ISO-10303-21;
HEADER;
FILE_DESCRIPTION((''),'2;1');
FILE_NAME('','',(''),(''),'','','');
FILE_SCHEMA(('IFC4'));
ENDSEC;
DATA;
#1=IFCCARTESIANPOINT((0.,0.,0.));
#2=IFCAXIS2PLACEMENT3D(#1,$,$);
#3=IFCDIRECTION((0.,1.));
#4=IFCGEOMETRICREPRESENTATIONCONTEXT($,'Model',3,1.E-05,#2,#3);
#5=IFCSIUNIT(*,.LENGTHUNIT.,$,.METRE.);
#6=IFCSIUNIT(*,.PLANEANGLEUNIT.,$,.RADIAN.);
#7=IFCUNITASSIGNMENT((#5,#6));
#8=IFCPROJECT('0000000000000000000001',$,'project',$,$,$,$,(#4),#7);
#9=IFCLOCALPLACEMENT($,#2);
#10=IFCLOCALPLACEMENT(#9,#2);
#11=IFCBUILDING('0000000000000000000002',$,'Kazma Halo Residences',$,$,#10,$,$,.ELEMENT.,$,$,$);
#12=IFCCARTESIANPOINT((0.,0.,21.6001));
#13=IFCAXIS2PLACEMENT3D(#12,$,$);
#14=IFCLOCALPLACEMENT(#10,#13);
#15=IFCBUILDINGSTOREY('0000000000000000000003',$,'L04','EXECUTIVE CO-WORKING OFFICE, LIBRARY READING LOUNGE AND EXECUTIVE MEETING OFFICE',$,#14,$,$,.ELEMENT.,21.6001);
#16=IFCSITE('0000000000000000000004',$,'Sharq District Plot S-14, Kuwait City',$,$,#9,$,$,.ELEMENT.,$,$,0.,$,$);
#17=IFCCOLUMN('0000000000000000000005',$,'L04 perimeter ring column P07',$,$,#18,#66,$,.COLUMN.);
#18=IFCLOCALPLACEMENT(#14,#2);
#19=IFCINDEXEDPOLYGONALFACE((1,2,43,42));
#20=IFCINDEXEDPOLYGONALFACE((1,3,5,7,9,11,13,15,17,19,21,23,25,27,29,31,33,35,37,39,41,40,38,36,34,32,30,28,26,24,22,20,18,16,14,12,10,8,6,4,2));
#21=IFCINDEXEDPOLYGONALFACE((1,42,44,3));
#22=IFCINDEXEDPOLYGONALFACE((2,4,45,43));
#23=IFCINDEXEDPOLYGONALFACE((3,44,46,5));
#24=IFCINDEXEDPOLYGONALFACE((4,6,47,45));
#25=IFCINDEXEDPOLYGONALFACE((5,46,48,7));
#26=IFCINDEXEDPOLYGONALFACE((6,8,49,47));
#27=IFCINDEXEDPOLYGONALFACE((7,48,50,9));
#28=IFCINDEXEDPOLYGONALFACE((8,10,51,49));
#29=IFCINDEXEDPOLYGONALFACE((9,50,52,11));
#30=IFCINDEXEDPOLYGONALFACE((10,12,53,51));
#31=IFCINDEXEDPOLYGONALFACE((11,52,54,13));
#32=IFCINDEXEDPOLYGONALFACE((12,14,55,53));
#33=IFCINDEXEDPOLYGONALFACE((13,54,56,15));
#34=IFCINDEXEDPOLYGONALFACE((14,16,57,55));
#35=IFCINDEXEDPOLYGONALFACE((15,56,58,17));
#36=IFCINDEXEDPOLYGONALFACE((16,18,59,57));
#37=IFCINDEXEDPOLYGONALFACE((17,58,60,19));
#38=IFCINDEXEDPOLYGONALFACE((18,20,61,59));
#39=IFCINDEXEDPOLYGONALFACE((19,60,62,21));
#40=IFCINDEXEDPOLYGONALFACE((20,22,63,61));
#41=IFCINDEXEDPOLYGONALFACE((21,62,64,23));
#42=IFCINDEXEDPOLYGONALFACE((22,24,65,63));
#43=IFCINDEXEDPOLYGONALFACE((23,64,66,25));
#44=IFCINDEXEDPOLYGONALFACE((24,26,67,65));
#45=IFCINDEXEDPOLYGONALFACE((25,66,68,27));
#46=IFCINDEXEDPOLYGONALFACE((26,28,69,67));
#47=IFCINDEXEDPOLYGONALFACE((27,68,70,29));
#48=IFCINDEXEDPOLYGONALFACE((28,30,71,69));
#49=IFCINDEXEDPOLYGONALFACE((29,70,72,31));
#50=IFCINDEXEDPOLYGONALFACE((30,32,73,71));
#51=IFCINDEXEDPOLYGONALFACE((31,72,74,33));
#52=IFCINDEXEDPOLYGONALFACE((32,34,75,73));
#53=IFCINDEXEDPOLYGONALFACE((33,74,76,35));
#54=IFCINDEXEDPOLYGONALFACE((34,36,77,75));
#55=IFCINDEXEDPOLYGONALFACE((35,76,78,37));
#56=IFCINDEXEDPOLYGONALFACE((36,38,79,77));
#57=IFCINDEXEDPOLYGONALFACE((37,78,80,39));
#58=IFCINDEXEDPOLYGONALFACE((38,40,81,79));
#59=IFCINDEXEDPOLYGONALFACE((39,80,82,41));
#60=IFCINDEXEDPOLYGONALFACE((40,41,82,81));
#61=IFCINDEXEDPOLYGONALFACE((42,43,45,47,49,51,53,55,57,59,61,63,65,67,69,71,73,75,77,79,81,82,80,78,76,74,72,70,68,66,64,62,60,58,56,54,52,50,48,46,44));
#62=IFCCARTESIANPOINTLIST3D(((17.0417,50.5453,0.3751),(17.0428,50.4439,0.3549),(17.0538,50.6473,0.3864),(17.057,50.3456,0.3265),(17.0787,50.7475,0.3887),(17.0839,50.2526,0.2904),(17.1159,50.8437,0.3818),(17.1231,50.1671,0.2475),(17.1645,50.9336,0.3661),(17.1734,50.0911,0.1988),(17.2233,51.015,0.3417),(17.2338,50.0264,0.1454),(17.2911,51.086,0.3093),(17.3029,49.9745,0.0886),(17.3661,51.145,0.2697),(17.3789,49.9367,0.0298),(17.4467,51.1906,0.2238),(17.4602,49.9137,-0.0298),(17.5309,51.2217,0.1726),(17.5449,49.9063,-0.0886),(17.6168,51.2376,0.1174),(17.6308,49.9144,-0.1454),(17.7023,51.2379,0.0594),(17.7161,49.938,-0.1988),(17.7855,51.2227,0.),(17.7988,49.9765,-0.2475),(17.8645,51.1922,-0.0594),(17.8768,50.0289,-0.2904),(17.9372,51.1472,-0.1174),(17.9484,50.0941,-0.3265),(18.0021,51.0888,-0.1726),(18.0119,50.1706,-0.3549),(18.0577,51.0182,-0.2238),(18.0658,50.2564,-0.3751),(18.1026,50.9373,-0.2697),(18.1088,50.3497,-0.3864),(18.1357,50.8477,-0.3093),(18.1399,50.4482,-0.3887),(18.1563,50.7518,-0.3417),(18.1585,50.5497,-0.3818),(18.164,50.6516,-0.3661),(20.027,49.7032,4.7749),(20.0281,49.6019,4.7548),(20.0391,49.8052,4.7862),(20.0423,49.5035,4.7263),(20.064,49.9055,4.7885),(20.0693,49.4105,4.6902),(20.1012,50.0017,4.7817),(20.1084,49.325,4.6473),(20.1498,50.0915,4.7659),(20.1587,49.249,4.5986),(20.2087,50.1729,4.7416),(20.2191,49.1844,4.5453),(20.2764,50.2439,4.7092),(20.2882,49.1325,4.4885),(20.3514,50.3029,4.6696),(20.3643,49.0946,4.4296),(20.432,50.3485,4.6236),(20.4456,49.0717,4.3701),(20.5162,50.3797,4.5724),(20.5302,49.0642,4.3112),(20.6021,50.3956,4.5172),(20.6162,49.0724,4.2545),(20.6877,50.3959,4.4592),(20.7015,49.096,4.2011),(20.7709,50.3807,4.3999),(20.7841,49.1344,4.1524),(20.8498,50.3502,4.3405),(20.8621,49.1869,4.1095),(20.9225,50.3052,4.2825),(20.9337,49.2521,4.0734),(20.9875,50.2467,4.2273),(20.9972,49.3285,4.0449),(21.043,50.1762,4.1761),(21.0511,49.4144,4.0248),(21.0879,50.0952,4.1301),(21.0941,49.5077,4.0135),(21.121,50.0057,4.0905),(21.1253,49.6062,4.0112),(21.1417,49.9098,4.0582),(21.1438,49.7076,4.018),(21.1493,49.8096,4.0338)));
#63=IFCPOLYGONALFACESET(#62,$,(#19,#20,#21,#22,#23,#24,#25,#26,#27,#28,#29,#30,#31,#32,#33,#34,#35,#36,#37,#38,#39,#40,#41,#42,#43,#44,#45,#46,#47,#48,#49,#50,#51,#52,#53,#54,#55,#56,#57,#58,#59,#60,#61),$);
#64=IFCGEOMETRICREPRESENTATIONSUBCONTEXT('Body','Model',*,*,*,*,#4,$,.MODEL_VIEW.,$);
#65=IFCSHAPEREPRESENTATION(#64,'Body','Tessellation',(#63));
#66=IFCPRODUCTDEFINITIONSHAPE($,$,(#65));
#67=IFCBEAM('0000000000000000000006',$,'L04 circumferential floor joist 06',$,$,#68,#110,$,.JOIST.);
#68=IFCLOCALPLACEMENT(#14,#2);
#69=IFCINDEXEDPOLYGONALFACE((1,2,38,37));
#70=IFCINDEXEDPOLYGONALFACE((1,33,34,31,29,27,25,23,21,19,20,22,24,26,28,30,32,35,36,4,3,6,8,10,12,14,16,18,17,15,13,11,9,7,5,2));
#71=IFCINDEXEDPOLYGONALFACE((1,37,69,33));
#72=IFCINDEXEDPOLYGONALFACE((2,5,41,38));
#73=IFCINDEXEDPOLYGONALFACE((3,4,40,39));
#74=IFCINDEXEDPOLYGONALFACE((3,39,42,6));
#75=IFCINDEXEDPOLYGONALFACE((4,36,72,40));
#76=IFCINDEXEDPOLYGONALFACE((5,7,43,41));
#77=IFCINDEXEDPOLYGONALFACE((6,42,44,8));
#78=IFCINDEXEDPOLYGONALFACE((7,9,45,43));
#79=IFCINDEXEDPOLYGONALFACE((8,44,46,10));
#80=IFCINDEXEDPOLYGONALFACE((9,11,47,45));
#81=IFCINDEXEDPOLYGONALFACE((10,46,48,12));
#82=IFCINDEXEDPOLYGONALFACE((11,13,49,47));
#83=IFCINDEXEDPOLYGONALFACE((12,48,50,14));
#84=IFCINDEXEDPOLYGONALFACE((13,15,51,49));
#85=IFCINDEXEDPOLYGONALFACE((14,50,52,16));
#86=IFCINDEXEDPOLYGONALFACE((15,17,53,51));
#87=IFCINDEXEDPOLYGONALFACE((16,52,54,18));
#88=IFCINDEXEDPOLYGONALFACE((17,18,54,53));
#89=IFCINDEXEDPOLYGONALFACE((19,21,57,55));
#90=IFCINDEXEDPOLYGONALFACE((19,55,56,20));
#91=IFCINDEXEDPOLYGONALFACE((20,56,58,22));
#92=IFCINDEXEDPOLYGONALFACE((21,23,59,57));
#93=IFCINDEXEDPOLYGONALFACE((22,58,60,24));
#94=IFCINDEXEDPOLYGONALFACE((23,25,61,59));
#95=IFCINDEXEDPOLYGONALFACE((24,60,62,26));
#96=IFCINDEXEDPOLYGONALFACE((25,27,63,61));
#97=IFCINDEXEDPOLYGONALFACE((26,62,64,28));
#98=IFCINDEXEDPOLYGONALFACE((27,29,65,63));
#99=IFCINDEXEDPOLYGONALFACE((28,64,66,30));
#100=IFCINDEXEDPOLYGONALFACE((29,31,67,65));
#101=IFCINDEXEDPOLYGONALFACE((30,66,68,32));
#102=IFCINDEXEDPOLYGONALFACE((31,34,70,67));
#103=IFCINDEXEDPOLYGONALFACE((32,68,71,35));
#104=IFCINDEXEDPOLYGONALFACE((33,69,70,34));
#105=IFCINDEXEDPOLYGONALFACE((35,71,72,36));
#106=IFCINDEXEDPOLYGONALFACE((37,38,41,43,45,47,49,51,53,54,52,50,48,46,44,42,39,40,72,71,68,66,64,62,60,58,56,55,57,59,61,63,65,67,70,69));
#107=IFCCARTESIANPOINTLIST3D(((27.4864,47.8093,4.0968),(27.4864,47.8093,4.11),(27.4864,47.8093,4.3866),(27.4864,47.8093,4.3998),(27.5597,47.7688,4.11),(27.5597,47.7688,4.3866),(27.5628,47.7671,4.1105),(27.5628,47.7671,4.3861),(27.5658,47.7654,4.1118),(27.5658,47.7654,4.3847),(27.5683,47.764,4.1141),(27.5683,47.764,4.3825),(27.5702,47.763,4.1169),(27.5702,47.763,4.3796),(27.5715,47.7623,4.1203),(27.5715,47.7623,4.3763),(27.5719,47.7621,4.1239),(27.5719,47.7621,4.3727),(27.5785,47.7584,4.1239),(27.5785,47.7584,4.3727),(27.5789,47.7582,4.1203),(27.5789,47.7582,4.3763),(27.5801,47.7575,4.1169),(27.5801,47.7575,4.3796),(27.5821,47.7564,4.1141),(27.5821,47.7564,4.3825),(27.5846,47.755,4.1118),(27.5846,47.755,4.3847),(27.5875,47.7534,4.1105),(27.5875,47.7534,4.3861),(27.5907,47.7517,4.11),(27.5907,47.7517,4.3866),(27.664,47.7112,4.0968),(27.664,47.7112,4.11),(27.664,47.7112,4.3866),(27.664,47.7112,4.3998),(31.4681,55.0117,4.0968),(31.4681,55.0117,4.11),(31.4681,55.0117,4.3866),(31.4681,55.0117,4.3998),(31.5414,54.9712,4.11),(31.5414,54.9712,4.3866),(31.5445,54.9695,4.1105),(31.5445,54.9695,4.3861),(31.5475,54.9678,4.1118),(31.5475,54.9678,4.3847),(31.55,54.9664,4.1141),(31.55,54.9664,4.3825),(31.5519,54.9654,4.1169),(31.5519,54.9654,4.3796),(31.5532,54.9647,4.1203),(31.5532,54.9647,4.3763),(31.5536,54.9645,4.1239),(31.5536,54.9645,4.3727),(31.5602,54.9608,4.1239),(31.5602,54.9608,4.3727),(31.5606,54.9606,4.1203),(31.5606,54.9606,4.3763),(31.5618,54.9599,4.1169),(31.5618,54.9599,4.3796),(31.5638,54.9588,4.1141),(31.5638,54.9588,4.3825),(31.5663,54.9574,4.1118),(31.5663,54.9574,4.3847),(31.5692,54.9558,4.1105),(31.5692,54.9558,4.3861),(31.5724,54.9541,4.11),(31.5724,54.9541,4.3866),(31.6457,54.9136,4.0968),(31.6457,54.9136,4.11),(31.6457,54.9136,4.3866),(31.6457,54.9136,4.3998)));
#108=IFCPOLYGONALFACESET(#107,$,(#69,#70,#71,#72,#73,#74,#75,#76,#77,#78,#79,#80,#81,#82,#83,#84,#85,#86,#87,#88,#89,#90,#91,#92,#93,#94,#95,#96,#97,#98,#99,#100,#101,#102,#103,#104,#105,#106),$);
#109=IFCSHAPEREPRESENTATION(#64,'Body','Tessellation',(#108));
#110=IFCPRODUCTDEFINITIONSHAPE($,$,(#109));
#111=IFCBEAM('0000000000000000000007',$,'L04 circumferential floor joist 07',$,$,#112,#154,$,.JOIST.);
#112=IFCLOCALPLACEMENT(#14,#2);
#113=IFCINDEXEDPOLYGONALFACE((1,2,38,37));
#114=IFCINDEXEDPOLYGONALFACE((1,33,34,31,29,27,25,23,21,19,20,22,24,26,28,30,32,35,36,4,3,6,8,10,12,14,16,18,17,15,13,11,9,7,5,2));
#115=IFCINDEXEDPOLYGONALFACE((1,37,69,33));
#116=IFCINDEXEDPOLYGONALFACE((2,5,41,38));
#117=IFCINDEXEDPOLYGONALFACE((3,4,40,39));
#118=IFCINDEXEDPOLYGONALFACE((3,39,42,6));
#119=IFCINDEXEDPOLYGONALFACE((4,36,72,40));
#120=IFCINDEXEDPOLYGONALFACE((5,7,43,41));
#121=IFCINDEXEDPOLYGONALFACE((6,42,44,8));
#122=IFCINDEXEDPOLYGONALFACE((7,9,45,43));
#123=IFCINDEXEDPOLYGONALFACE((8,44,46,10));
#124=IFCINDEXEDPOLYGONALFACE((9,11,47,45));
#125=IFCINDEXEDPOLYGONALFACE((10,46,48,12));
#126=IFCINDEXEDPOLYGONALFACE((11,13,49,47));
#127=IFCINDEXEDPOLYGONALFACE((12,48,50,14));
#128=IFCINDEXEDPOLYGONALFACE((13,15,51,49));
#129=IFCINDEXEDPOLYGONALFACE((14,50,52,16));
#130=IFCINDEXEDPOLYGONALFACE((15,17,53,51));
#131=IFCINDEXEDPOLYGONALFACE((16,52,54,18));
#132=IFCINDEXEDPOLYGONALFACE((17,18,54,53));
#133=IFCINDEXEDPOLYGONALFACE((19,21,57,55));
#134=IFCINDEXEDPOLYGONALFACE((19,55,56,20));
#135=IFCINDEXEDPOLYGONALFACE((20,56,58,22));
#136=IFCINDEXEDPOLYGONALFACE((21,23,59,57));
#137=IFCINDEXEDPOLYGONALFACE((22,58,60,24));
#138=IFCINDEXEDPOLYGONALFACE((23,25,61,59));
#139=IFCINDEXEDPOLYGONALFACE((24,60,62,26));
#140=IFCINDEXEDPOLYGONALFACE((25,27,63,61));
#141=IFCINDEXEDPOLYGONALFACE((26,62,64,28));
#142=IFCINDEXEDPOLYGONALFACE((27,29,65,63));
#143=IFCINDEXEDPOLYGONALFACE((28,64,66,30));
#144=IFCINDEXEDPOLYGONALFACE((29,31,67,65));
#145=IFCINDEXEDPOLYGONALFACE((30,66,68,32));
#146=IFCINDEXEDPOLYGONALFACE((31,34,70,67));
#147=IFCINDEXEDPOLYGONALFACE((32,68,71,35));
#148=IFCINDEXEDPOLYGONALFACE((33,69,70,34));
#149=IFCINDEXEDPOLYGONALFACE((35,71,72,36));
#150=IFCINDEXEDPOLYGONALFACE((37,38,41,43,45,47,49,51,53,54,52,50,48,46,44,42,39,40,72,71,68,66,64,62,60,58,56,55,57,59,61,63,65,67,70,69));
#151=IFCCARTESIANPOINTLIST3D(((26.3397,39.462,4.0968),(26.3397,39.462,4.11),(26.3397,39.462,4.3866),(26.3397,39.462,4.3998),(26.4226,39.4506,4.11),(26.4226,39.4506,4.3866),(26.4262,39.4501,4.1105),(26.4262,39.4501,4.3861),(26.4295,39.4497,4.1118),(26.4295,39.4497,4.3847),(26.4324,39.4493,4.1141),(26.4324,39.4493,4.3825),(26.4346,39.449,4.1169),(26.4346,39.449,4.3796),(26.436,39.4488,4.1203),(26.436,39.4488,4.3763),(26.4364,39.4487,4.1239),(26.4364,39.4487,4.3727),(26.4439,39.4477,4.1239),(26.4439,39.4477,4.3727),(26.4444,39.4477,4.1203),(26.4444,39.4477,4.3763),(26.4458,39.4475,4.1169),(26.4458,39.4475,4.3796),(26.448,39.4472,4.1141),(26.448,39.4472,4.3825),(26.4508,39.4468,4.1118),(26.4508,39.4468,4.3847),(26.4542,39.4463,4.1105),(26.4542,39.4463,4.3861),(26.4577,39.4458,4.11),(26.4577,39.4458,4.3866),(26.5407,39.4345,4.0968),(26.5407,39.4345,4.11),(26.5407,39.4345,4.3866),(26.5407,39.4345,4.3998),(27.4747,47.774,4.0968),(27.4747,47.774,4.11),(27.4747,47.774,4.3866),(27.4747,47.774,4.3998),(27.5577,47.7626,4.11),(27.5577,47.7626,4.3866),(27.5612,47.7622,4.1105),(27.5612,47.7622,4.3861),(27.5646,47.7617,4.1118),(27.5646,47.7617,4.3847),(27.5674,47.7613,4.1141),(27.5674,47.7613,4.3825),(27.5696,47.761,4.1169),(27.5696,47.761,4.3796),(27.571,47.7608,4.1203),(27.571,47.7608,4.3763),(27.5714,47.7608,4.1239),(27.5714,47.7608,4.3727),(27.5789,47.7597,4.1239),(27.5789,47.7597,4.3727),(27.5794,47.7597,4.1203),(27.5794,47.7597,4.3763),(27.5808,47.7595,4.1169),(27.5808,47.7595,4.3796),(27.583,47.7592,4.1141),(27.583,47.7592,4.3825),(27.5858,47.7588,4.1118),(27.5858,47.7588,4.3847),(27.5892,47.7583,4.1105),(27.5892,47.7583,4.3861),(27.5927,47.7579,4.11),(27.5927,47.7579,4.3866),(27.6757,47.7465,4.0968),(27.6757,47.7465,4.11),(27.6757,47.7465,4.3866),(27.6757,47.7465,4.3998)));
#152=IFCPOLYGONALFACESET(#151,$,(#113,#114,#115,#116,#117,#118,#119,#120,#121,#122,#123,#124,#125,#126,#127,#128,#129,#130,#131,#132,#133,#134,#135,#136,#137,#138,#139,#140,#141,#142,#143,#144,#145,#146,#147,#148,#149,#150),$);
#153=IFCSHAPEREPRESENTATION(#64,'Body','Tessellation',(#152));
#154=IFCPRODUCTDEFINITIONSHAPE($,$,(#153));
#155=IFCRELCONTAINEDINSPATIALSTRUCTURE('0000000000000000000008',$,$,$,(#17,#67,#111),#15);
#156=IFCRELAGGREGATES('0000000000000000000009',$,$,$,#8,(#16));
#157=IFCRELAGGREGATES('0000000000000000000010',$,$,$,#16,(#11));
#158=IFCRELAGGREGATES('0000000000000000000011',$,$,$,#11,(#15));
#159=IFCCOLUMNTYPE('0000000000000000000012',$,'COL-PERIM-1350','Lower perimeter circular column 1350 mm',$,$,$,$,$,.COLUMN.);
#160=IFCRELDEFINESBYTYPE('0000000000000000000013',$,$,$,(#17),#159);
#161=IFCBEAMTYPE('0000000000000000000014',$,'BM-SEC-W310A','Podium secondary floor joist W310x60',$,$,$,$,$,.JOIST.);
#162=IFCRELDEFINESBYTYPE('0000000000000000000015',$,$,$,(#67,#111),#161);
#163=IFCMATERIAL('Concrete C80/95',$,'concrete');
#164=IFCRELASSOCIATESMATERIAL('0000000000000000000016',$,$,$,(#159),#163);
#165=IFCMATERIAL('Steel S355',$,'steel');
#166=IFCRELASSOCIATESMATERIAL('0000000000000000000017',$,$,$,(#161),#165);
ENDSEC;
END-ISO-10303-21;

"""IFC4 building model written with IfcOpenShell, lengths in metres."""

from ifc_helpers import new_model, si_unit, direction, frame, origin, origin_2d, place, context, subcontext, project, spatial, circle, i_section, extrude, material, material_profile, profile_set, type_object, element, save


model = new_model("IFC4")

# Units and contexts
model_context = context("Model", 3, precision=1e-05, world=origin(), true_north=direction((0.0, 1.0)))
body_context = subcontext(model_context, "Body", "Model", "MODEL_VIEW")
ifc_project = project(units=[si_unit("LENGTHUNIT", "METRE"), si_unit("PLANEANGLEUNIT", "RADIAN")], contexts=[model_context])

# Site, building, storey
site_placement = place(None, origin())
site = spatial("IfcSite", under=ifc_project, at=site_placement, Name="Sharq District Plot S-14, Kuwait City", CompositionType="ELEMENT", RefElevation=0.0)
building_placement = place(site_placement, origin())
building = spatial("IfcBuilding", under=site, at=building_placement, Name="Kazma Halo Residences", CompositionType="ELEMENT")
storey_placement = place(building_placement, frame((0.0, 0.0, 21.6001)))
storey = spatial("IfcBuildingStorey", under=building, at=storey_placement, Name="L04", Description="EXECUTIVE CO-WORKING OFFICE, LIBRARY READING LOUNGE AND EXECUTIVE MEETING OFFICE", CompositionType="ELEMENT", Elevation=21.6001)

# Column
ifc_material_1 = material(Name="Concrete C80/95", Category="concrete")
ifc_material_profile_1 = material_profile(ifc_material_1, circle(Radius=0.675, at=origin_2d()), Name="CIRC1350")
ifc_profile_set_1 = profile_set([ifc_material_profile_1], Name="Concrete C80/95")
column_type = type_object("IfcColumnType", Name="COL-PERIM-1350", Description="Lower perimeter circular column 1350 mm", PredefinedType="COLUMN", material=ifc_profile_set_1)
column_placement = place(storey_placement, frame((17.6023, 50.573, 0.0), z_axis=(0.554552, -0.156416, 0.817316), x_axis=(0.271466, 0.962448, 0.0)))
element("IfcColumn", 1, at=column_placement, inside=storey, type_object=column_type, Name="L04 perimeter ring column P07", PredefinedType="COLUMN", context=body_context, shape_type="SweptSolid", body=[
    extrude(circle(Radius=0.675, at=origin_2d()), origin(), (0.0, 0.0, 1.0), 5.3833),
])

# Beams
ifc_material_2 = material(Name="Steel S355", Category="steel")
ifc_material_profile_2 = material_profile(ifc_material_2, i_section(OverallWidth=0.2029, OverallDepth=0.303, WebThickness=0.0076, FlangeThickness=0.0132, FilletRadius=0.0139, at=origin_2d()), Name="W310x60")
ifc_profile_set_2 = profile_set([ifc_material_profile_2], Name="Steel S355")
beam_type_1 = type_object("IfcBeamType", Name="BM-SEC-W310A", Description="Podium secondary floor joist W310x60", PredefinedType="JOIST", material=ifc_profile_set_2)
beam_1_placement = place(storey_placement, frame((31.5569, 54.9626, 4.2483), z_axis=(-0.483818, -0.875168, 0.0), x_axis=(0.875168, -0.483818, 0.0)))
element("IfcBeam", 2, at=beam_1_placement, inside=storey, type_object=beam_type_1, Name="L04 circumferential floor joist 06", PredefinedType="JOIST", context=body_context, shape_type="SweptSolid", body=[
    extrude(i_section(OverallWidth=0.2029, OverallDepth=0.303, WebThickness=0.0076, FlangeThickness=0.0132, FilletRadius=0.0139, at=origin_2d()), origin(), (0.0, 0.0, 1.0), 8.2297),
])
beam_2_placement = place(storey_placement, frame((27.5752, 47.7603, 4.2483), z_axis=(-0.135295, -0.990805, 0.0), x_axis=(0.990805, -0.135295, 0.0)))
element("IfcBeam", 3, at=beam_2_placement, inside=storey, type_object=beam_type_1, Name="L04 circumferential floor joist 07", PredefinedType="JOIST", context=body_context, shape_type="SweptSolid", body=[
    extrude(i_section(OverallWidth=0.2029, OverallDepth=0.303, WebThickness=0.0076, FlangeThickness=0.0132, FilletRadius=0.0139, at=origin_2d()), origin(), (0.0, 0.0, 1.0), 8.3892),
])

save(model, "model.ifc")
